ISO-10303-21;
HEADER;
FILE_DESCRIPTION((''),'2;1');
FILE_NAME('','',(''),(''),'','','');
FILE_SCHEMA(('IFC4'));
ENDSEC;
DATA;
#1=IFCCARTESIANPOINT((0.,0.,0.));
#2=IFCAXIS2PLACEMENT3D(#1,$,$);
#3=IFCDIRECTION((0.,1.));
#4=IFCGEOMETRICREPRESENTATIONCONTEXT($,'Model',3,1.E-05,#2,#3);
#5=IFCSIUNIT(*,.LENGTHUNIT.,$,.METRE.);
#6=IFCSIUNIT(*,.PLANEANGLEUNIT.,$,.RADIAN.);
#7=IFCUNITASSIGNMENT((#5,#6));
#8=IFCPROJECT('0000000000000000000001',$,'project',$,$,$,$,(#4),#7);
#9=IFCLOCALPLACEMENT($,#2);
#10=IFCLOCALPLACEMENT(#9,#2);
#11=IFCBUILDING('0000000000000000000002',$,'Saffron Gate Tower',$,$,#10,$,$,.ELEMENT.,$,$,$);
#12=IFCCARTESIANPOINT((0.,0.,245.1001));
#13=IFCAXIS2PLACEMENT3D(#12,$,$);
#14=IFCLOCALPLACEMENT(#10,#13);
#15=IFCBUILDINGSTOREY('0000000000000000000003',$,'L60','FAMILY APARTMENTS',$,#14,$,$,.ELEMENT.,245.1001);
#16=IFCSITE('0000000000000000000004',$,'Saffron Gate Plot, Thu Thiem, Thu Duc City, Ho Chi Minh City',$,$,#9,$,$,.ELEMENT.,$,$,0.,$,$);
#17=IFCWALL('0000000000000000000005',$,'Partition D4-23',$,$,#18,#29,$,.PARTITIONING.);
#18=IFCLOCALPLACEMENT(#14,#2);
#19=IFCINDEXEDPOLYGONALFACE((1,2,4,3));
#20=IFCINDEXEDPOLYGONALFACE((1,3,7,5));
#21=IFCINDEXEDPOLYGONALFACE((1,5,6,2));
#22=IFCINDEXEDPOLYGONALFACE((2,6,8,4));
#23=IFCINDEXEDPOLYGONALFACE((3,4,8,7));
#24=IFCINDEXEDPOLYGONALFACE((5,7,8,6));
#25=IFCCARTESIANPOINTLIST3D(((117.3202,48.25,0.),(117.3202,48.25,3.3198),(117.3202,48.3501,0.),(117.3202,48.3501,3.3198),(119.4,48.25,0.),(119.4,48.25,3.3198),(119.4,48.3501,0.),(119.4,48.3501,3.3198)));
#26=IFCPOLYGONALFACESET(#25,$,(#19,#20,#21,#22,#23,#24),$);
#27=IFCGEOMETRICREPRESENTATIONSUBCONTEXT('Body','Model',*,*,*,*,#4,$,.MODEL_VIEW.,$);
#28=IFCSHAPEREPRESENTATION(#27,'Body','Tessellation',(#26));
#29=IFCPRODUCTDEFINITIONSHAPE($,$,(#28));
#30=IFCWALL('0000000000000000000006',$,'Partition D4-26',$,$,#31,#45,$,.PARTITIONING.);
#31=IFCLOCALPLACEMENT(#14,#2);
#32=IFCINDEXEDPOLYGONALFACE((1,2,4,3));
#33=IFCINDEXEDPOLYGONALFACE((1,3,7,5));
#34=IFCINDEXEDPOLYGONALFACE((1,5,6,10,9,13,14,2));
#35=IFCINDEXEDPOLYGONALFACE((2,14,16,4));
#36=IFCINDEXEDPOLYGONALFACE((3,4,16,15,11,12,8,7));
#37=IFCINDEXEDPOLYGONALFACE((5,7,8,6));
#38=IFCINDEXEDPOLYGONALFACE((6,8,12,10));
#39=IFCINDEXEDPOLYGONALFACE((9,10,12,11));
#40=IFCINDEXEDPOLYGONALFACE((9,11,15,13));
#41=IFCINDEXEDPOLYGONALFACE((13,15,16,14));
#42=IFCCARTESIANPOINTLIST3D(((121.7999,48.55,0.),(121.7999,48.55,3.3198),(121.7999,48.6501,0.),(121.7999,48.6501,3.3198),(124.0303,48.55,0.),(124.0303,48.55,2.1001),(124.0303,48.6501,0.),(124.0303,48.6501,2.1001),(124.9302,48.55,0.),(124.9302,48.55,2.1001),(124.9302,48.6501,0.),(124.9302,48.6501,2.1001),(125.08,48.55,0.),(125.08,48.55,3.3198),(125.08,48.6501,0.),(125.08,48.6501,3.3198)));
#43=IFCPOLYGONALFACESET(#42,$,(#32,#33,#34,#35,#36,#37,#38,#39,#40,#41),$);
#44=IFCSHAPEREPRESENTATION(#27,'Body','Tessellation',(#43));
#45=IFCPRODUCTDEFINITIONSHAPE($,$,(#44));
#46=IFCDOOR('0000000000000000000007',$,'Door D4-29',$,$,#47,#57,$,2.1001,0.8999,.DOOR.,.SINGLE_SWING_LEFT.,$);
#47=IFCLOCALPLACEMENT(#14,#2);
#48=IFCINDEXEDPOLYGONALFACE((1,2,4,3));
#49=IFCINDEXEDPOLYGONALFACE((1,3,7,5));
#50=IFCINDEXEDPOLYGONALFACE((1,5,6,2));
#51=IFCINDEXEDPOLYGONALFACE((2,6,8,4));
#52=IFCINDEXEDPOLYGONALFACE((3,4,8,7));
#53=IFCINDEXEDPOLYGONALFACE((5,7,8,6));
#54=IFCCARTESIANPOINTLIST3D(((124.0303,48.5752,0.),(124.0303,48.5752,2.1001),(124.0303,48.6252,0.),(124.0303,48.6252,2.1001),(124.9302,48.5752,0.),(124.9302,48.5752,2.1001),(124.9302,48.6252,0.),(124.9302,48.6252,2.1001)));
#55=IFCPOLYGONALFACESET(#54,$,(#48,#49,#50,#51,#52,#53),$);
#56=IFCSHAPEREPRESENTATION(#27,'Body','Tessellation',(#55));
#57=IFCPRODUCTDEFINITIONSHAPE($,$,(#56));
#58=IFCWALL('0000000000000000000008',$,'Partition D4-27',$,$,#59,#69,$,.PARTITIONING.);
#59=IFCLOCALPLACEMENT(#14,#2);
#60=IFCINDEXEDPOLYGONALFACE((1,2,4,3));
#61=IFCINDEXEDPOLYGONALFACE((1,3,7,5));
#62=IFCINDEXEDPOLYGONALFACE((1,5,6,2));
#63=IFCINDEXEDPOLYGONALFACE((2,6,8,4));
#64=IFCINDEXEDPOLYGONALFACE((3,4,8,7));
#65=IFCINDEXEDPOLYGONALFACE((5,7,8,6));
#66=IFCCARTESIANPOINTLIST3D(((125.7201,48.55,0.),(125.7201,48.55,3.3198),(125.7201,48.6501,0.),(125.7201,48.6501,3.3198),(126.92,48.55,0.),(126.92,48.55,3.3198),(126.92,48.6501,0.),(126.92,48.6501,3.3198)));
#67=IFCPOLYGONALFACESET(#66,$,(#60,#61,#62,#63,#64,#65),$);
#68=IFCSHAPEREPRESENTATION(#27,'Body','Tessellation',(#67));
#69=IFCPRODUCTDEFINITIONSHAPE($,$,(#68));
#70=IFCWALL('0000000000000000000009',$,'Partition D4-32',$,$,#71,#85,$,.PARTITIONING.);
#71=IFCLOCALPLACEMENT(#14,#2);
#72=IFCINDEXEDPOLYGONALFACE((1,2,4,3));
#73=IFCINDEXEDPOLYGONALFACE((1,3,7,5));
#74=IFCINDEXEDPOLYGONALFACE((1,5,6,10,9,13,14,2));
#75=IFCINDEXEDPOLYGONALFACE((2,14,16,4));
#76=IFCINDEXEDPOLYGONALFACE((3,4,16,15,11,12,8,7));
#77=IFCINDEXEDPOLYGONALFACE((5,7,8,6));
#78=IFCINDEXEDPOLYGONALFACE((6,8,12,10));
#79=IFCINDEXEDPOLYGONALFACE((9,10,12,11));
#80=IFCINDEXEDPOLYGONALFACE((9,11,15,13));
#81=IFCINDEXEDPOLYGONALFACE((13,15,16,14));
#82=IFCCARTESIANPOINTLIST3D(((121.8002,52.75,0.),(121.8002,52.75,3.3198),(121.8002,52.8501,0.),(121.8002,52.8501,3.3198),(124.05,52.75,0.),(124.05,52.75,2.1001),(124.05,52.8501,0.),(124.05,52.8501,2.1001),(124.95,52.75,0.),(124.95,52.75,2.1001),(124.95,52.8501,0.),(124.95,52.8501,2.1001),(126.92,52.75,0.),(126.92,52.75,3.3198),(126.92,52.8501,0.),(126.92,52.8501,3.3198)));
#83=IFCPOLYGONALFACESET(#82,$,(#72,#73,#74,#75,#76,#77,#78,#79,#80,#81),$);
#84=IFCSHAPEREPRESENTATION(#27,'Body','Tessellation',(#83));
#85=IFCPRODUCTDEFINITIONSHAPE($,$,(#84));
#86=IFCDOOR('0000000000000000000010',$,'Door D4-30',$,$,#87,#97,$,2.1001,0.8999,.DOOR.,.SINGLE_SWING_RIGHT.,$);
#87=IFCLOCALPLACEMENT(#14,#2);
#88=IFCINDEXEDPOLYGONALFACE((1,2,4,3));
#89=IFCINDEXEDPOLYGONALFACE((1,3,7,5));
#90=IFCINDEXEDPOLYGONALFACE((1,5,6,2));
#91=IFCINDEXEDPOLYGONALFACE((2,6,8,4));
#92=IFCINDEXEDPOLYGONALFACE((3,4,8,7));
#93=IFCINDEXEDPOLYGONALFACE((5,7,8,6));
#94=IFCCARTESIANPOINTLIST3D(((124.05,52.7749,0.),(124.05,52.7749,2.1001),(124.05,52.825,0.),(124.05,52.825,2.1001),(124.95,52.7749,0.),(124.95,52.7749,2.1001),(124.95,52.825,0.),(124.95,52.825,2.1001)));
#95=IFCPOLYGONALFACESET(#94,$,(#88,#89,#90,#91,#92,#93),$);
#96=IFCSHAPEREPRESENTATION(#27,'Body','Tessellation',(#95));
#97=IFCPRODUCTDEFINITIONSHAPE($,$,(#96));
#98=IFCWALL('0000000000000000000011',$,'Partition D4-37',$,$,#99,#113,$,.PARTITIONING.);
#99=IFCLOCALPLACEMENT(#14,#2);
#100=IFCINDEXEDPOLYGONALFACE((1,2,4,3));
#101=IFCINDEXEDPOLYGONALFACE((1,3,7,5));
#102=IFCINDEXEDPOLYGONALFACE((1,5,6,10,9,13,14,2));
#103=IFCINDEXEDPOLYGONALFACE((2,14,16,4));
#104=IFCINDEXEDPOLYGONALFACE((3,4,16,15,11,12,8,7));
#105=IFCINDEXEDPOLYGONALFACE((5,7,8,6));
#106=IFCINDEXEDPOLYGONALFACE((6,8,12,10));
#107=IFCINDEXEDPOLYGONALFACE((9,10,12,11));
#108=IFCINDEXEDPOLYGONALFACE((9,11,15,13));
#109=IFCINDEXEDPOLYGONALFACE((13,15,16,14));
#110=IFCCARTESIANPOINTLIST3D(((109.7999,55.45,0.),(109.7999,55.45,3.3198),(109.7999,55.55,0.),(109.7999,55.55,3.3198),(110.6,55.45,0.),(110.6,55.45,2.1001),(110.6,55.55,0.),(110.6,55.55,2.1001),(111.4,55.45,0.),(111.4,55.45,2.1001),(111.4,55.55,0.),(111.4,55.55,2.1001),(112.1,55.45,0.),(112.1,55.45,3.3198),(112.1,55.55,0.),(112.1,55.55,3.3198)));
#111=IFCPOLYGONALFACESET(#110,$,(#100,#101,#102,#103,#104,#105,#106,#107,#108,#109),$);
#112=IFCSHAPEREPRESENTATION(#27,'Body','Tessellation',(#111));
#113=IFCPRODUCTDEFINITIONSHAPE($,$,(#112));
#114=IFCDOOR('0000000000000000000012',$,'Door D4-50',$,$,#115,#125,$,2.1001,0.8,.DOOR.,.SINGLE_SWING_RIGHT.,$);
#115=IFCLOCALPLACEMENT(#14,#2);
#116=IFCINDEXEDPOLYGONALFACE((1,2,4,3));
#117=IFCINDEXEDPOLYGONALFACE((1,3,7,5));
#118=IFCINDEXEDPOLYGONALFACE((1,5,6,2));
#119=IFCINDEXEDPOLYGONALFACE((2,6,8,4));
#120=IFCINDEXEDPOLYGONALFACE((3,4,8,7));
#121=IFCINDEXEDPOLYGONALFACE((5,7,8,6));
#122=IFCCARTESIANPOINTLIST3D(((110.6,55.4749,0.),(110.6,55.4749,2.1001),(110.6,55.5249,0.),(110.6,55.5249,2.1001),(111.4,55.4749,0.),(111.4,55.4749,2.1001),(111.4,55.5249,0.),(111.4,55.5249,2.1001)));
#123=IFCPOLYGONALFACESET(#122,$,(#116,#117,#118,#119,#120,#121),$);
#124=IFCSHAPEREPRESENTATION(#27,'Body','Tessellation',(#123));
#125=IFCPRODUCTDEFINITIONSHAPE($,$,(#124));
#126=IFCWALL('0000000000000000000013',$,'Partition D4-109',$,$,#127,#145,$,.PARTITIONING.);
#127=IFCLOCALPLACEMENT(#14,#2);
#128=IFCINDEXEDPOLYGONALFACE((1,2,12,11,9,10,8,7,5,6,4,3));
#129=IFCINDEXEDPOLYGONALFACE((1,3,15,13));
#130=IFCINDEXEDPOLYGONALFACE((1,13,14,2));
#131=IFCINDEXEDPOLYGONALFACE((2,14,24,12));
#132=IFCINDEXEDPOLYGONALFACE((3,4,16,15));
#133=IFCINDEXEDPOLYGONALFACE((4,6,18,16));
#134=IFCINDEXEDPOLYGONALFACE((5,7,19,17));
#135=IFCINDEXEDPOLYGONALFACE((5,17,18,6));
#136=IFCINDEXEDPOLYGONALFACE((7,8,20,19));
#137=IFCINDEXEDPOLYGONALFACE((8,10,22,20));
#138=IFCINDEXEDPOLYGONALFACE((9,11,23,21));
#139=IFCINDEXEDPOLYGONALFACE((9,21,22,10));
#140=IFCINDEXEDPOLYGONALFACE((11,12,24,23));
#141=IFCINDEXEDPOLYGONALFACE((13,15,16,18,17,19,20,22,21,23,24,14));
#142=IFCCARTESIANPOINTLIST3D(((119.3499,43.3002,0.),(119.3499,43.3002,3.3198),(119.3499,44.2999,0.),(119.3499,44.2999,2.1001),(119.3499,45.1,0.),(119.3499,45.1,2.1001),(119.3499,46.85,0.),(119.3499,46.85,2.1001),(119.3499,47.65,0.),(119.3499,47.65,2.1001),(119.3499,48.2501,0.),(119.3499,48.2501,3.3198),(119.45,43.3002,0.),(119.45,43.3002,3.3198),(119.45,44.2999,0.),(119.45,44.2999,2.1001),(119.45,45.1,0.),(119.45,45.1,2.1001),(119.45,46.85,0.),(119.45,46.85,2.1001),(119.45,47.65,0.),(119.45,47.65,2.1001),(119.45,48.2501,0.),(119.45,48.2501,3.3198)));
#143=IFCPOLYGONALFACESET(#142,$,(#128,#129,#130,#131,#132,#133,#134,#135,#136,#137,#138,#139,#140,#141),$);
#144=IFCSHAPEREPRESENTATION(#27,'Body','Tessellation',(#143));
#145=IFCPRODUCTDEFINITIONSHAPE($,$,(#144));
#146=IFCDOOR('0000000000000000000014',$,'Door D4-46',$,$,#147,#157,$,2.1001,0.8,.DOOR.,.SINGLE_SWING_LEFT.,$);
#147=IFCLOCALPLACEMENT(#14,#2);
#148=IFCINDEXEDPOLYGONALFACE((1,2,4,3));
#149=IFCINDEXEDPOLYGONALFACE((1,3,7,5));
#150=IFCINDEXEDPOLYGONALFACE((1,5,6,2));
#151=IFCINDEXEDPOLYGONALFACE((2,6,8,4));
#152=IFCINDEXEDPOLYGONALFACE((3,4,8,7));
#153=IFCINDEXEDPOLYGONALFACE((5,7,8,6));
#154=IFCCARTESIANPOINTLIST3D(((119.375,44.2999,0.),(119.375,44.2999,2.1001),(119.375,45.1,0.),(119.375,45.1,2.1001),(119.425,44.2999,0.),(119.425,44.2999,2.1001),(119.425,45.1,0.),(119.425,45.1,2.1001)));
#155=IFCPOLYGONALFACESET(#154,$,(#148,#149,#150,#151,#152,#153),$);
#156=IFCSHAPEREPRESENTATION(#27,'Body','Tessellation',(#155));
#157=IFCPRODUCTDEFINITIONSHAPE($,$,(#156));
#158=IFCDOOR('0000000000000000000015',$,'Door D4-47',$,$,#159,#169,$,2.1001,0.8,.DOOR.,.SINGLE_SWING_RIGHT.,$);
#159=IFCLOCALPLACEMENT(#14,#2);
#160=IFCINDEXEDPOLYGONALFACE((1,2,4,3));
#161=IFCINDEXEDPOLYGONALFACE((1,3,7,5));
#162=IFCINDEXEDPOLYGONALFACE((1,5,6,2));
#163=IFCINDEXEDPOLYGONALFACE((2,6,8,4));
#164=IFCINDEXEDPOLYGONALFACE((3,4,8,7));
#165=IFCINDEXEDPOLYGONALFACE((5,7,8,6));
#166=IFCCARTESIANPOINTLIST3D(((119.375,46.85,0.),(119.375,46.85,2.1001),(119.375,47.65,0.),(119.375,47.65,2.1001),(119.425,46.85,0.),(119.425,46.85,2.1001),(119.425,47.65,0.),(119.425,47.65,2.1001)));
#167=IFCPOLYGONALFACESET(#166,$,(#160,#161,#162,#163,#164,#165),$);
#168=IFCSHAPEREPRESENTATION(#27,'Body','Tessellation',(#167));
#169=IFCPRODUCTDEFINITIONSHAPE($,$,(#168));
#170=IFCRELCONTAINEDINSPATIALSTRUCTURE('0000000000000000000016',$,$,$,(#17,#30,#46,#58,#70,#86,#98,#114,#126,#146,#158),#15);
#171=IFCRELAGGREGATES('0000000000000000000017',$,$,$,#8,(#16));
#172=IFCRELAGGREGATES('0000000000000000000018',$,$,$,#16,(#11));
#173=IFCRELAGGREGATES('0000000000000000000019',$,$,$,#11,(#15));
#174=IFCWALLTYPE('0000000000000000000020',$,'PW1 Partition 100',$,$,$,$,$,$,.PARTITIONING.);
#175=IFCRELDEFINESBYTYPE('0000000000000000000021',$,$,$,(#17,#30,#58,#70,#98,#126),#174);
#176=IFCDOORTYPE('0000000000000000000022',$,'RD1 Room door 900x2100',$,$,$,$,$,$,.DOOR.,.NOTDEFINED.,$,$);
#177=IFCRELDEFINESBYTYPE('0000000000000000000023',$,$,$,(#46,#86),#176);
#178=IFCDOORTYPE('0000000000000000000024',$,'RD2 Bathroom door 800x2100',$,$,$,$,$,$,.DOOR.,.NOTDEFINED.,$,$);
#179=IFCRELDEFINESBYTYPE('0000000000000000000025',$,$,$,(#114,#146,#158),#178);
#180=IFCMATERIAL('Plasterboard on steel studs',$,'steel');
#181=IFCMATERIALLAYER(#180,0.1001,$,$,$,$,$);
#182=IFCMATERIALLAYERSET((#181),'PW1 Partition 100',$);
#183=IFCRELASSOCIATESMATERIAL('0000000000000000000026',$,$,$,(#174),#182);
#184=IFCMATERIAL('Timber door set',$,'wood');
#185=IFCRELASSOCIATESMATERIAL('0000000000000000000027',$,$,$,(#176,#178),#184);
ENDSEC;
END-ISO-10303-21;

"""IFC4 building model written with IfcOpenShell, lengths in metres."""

from ifc_helpers import new_model, si_unit, direction, frame, frame_2d, origin, place, context, subcontext, project, spatial, rectangle, extrude, material, layer, layer_set, type_object, element, fill, save


model = new_model("IFC4")

# Units and contexts
model_context = context("Model", 3, precision=1e-05, world=origin(), true_north=direction((0.0, 1.0)))
body_context = subcontext(model_context, "Body", "Model", "MODEL_VIEW")
ifc_project = project(units=[si_unit("LENGTHUNIT", "METRE"), si_unit("PLANEANGLEUNIT", "RADIAN")], contexts=[model_context])

# Site, building, storey
site_placement = place(None, origin())
site = spatial("IfcSite", under=ifc_project, at=site_placement, Name="Saffron Gate Plot, Thu Thiem, Thu Duc City, Ho Chi Minh City", CompositionType="ELEMENT", RefElevation=0.0)
building_placement = place(site_placement, origin())
building = spatial("IfcBuilding", under=site, at=building_placement, Name="Saffron Gate Tower", CompositionType="ELEMENT")
storey_placement = place(building_placement, frame((0.0, 0.0, 245.1001)))
storey = spatial("IfcBuildingStorey", under=building, at=storey_placement, Name="L60", Description="FAMILY APARTMENTS", CompositionType="ELEMENT", Elevation=245.1001)

# Wall
ifc_material_1 = material(Name="Plasterboard on steel studs", Category="steel")
ifc_layer_1 = layer(ifc_material_1, 0.1001)
ifc_layer_set_1 = layer_set([ifc_layer_1], Name="PW1 Partition 100")
wall_type_1 = type_object("IfcWallType", Name="PW1 Partition 100", PredefinedType="PARTITIONING", material=ifc_layer_set_1)
wall_1_placement = place(storey_placement, frame((117.3201, 48.3, 0.0), z_axis=(0.0, 0.0, 1.0), x_axis=(1.0, 0.0, 0.0)))
element("IfcWall", 1, at=wall_1_placement, inside=storey, type_object=wall_type_1, Name="Partition D4-23", PredefinedType="PARTITIONING", context=body_context, shape_type="SweptSolid", body=[
    extrude(rectangle(XDim=2.0798, YDim=0.1001, at=frame_2d((1.04, 0.0))), origin(), (0.0, 0.0, 1.0), 3.3198),
])

# Wall, opening, door
wall_2_placement = place(storey_placement, frame((125.0801, 48.6001, 0.0), z_axis=(0.0, 0.0, 1.0), x_axis=(-1.0, 0.0, 0.0)))
wall_2 = element("IfcWall", 2, at=wall_2_placement, inside=storey, type_object=wall_type_1, Name="Partition D4-26", PredefinedType="PARTITIONING", context=body_context, shape_type="SweptSolid", body=[
    extrude(rectangle(XDim=3.28, YDim=0.1001, at=frame_2d((1.6401, 0.0))), origin(), (0.0, 0.0, 1.0), 3.3198),
])
opening_1_placement = place(wall_2_placement, frame((0.1499, 0.0, 0.0)))
opening_1 = element("IfcOpeningElement", 3, at=opening_1_placement, cuts=wall_2, PredefinedType="OPENING", context=body_context, shape_type="SweptSolid", body=[
    extrude(rectangle(XDim=0.8999, YDim=2.1001, at=frame_2d((0.45, 1.05))), frame((0.0, 0.0601, 0.0), z_axis=(0.0, -1.0, 0.0), x_axis=(1.0, 0.0, 0.0)), (0.0, 0.0, 1.0), 0.1201),
])
ifc_material_2 = material(Name="Timber door set", Category="wood")
door_type_1 = type_object("IfcDoorType", Name="RD1 Room door 900x2100", OperationType="NOTDEFINED", PredefinedType="DOOR", material=ifc_material_2)
door_1_placement = place(opening_1_placement, origin())
door_1 = element("IfcDoor", 4, at=door_1_placement, inside=storey, type_object=door_type_1, Name="Door D4-29", OperationType="SINGLE_SWING_LEFT", OverallHeight=2.1001, OverallWidth=0.8999, PredefinedType="DOOR", context=body_context, shape_type="SweptSolid", body=[
    extrude(rectangle(XDim=0.8999, YDim=2.1001, at=frame_2d((0.45, 1.05))), frame((0.0, 0.0249, 0.0), z_axis=(0.0, -1.0, 0.0), x_axis=(1.0, 0.0, 0.0)), (0.0, 0.0, 1.0), 0.05),
])
fill(opening_1, door_1)

# Wall
wall_3_placement = place(storey_placement, frame((125.72, 48.6001, 0.0), z_axis=(0.0, 0.0, 1.0), x_axis=(1.0, 0.0, 0.0)))
element("IfcWall", 5, at=wall_3_placement, inside=storey, type_object=wall_type_1, Name="Partition D4-27", PredefinedType="PARTITIONING", context=body_context, shape_type="SweptSolid", body=[
    extrude(rectangle(XDim=1.2, YDim=0.1001, at=frame_2d((0.6001, 0.0))), origin(), (0.0, 0.0, 1.0), 3.3198),
])

# Walls, openings, doors
wall_4_placement = place(storey_placement, frame((121.8, 52.8, 0.0), z_axis=(0.0, 0.0, 1.0), x_axis=(1.0, 0.0, 0.0)))
wall_4 = element("IfcWall", 6, at=wall_4_placement, inside=storey, type_object=wall_type_1, Name="Partition D4-32", PredefinedType="PARTITIONING", context=body_context, shape_type="SweptSolid", body=[
    extrude(rectangle(XDim=5.1199, YDim=0.1001, at=frame_2d((2.5601, 0.0))), origin(), (0.0, 0.0, 1.0), 3.3198),
])
opening_2_placement = place(wall_4_placement, frame((2.25, 0.0, 0.0)))
opening_2 = element("IfcOpeningElement", 7, at=opening_2_placement, cuts=wall_4, PredefinedType="OPENING", context=body_context, shape_type="SweptSolid", body=[
    extrude(rectangle(XDim=0.8999, YDim=2.1001, at=frame_2d((0.45, 1.05))), frame((0.0, 0.0601, 0.0), z_axis=(0.0, -1.0, 0.0), x_axis=(1.0, 0.0, 0.0)), (0.0, 0.0, 1.0), 0.1201),
])
door_2_placement = place(opening_2_placement, origin())
door_2 = element("IfcDoor", 8, at=door_2_placement, inside=storey, type_object=door_type_1, Name="Door D4-30", OperationType="SINGLE_SWING_RIGHT", OverallHeight=2.1001, OverallWidth=0.8999, PredefinedType="DOOR", context=body_context, shape_type="SweptSolid", body=[
    extrude(rectangle(XDim=0.8999, YDim=2.1001, at=frame_2d((0.45, 1.05))), frame((0.0, 0.0249, 0.0), z_axis=(0.0, -1.0, 0.0), x_axis=(1.0, 0.0, 0.0)), (0.0, 0.0, 1.0), 0.05),
])
fill(opening_2, door_2)
wall_5_placement = place(storey_placement, frame((109.8, 55.5, 0.0), z_axis=(0.0, 0.0, 1.0), x_axis=(1.0, 0.0, 0.0)))
wall_5 = element("IfcWall", 9, at=wall_5_placement, inside=storey, type_object=wall_type_1, Name="Partition D4-37", PredefinedType="PARTITIONING", context=body_context, shape_type="SweptSolid", body=[
    extrude(rectangle(XDim=2.3, YDim=0.1001, at=frame_2d((1.1499, 0.0))), origin(), (0.0, 0.0, 1.0), 3.3198),
])
opening_3_placement = place(wall_5_placement, frame((0.8, 0.0, 0.0)))
opening_3 = element("IfcOpeningElement", 10, at=opening_3_placement, cuts=wall_5, PredefinedType="OPENING", context=body_context, shape_type="SweptSolid", body=[
    extrude(rectangle(XDim=0.8, YDim=2.1001, at=frame_2d((0.3999, 1.05))), frame((0.0, 0.0601, 0.0), z_axis=(0.0, -1.0, 0.0), x_axis=(1.0, 0.0, 0.0)), (0.0, 0.0, 1.0), 0.1201),
])
door_type_2 = type_object("IfcDoorType", Name="RD2 Bathroom door 800x2100", OperationType="NOTDEFINED", PredefinedType="DOOR", material=ifc_material_2)
door_3_placement = place(opening_3_placement, origin())
door_3 = element("IfcDoor", 11, at=door_3_placement, inside=storey, type_object=door_type_2, Name="Door D4-50", OperationType="SINGLE_SWING_RIGHT", OverallHeight=2.1001, OverallWidth=0.8, PredefinedType="DOOR", context=body_context, shape_type="SweptSolid", body=[
    extrude(rectangle(XDim=0.8, YDim=2.1001, at=frame_2d((0.3999, 1.05))), frame((0.0, 0.0249, 0.0), z_axis=(0.0, -1.0, 0.0), x_axis=(1.0, 0.0, 0.0)), (0.0, 0.0, 1.0), 0.05),
])
fill(opening_3, door_3)

# Wall, openings, doors
wall_6_placement = place(storey_placement, frame((119.3999, 43.3, 0.0), z_axis=(0.0, 0.0, 1.0), x_axis=(0.0, 1.0, 0.0)))
wall_6 = element("IfcWall", 12, at=wall_6_placement, inside=storey, type_object=wall_type_1, Name="Partition D4-109", PredefinedType="PARTITIONING", context=body_context, shape_type="SweptSolid", body=[
    extrude(rectangle(XDim=4.95, YDim=0.1001, at=frame_2d((2.4751, 0.0))), origin(), (0.0, 0.0, 1.0), 3.3198),
])
opening_4_placement = place(wall_6_placement, frame((1.0, 0.0, 0.0)))
opening_4 = element("IfcOpeningElement", 13, at=opening_4_placement, cuts=wall_6, PredefinedType="OPENING", context=body_context, shape_type="SweptSolid", body=[
    extrude(rectangle(XDim=0.8, YDim=2.1001, at=frame_2d((0.3999, 1.05))), frame((0.0, 0.0601, 0.0), z_axis=(0.0, -1.0, 0.0), x_axis=(1.0, 0.0, 0.0)), (0.0, 0.0, 1.0), 0.1201),
])
opening_5_placement = place(wall_6_placement, frame((3.55, 0.0, 0.0)))
opening_5 = element("IfcOpeningElement", 14, at=opening_5_placement, cuts=wall_6, PredefinedType="OPENING", context=body_context, shape_type="SweptSolid", body=[
    extrude(rectangle(XDim=0.8, YDim=2.1001, at=frame_2d((0.3999, 1.05))), frame((0.0, 0.0601, 0.0), z_axis=(0.0, -1.0, 0.0), x_axis=(1.0, 0.0, 0.0)), (0.0, 0.0, 1.0), 0.1201),
])
door_4_placement = place(opening_4_placement, origin())
door_4 = element("IfcDoor", 15, at=door_4_placement, inside=storey, type_object=door_type_2, Name="Door D4-46", OperationType="SINGLE_SWING_LEFT", OverallHeight=2.1001, OverallWidth=0.8, PredefinedType="DOOR", context=body_context, shape_type="SweptSolid", body=[
    extrude(rectangle(XDim=0.8, YDim=2.1001, at=frame_2d((0.3999, 1.05))), frame((0.0, 0.0249, 0.0), z_axis=(0.0, -1.0, 0.0), x_axis=(1.0, 0.0, 0.0)), (0.0, 0.0, 1.0), 0.05),
])
fill(opening_4, door_4)
door_5_placement = place(opening_5_placement, origin())
door_5 = element("IfcDoor", 16, at=door_5_placement, inside=storey, type_object=door_type_2, Name="Door D4-47", OperationType="SINGLE_SWING_RIGHT", OverallHeight=2.1001, OverallWidth=0.8, PredefinedType="DOOR", context=body_context, shape_type="SweptSolid", body=[
    extrude(rectangle(XDim=0.8, YDim=2.1001, at=frame_2d((0.3999, 1.05))), frame((0.0, 0.0249, 0.0), z_axis=(0.0, -1.0, 0.0), x_axis=(1.0, 0.0, 0.0)), (0.0, 0.0, 1.0), 0.05),
])
fill(opening_5, door_5)

save(model, "model.ifc")
